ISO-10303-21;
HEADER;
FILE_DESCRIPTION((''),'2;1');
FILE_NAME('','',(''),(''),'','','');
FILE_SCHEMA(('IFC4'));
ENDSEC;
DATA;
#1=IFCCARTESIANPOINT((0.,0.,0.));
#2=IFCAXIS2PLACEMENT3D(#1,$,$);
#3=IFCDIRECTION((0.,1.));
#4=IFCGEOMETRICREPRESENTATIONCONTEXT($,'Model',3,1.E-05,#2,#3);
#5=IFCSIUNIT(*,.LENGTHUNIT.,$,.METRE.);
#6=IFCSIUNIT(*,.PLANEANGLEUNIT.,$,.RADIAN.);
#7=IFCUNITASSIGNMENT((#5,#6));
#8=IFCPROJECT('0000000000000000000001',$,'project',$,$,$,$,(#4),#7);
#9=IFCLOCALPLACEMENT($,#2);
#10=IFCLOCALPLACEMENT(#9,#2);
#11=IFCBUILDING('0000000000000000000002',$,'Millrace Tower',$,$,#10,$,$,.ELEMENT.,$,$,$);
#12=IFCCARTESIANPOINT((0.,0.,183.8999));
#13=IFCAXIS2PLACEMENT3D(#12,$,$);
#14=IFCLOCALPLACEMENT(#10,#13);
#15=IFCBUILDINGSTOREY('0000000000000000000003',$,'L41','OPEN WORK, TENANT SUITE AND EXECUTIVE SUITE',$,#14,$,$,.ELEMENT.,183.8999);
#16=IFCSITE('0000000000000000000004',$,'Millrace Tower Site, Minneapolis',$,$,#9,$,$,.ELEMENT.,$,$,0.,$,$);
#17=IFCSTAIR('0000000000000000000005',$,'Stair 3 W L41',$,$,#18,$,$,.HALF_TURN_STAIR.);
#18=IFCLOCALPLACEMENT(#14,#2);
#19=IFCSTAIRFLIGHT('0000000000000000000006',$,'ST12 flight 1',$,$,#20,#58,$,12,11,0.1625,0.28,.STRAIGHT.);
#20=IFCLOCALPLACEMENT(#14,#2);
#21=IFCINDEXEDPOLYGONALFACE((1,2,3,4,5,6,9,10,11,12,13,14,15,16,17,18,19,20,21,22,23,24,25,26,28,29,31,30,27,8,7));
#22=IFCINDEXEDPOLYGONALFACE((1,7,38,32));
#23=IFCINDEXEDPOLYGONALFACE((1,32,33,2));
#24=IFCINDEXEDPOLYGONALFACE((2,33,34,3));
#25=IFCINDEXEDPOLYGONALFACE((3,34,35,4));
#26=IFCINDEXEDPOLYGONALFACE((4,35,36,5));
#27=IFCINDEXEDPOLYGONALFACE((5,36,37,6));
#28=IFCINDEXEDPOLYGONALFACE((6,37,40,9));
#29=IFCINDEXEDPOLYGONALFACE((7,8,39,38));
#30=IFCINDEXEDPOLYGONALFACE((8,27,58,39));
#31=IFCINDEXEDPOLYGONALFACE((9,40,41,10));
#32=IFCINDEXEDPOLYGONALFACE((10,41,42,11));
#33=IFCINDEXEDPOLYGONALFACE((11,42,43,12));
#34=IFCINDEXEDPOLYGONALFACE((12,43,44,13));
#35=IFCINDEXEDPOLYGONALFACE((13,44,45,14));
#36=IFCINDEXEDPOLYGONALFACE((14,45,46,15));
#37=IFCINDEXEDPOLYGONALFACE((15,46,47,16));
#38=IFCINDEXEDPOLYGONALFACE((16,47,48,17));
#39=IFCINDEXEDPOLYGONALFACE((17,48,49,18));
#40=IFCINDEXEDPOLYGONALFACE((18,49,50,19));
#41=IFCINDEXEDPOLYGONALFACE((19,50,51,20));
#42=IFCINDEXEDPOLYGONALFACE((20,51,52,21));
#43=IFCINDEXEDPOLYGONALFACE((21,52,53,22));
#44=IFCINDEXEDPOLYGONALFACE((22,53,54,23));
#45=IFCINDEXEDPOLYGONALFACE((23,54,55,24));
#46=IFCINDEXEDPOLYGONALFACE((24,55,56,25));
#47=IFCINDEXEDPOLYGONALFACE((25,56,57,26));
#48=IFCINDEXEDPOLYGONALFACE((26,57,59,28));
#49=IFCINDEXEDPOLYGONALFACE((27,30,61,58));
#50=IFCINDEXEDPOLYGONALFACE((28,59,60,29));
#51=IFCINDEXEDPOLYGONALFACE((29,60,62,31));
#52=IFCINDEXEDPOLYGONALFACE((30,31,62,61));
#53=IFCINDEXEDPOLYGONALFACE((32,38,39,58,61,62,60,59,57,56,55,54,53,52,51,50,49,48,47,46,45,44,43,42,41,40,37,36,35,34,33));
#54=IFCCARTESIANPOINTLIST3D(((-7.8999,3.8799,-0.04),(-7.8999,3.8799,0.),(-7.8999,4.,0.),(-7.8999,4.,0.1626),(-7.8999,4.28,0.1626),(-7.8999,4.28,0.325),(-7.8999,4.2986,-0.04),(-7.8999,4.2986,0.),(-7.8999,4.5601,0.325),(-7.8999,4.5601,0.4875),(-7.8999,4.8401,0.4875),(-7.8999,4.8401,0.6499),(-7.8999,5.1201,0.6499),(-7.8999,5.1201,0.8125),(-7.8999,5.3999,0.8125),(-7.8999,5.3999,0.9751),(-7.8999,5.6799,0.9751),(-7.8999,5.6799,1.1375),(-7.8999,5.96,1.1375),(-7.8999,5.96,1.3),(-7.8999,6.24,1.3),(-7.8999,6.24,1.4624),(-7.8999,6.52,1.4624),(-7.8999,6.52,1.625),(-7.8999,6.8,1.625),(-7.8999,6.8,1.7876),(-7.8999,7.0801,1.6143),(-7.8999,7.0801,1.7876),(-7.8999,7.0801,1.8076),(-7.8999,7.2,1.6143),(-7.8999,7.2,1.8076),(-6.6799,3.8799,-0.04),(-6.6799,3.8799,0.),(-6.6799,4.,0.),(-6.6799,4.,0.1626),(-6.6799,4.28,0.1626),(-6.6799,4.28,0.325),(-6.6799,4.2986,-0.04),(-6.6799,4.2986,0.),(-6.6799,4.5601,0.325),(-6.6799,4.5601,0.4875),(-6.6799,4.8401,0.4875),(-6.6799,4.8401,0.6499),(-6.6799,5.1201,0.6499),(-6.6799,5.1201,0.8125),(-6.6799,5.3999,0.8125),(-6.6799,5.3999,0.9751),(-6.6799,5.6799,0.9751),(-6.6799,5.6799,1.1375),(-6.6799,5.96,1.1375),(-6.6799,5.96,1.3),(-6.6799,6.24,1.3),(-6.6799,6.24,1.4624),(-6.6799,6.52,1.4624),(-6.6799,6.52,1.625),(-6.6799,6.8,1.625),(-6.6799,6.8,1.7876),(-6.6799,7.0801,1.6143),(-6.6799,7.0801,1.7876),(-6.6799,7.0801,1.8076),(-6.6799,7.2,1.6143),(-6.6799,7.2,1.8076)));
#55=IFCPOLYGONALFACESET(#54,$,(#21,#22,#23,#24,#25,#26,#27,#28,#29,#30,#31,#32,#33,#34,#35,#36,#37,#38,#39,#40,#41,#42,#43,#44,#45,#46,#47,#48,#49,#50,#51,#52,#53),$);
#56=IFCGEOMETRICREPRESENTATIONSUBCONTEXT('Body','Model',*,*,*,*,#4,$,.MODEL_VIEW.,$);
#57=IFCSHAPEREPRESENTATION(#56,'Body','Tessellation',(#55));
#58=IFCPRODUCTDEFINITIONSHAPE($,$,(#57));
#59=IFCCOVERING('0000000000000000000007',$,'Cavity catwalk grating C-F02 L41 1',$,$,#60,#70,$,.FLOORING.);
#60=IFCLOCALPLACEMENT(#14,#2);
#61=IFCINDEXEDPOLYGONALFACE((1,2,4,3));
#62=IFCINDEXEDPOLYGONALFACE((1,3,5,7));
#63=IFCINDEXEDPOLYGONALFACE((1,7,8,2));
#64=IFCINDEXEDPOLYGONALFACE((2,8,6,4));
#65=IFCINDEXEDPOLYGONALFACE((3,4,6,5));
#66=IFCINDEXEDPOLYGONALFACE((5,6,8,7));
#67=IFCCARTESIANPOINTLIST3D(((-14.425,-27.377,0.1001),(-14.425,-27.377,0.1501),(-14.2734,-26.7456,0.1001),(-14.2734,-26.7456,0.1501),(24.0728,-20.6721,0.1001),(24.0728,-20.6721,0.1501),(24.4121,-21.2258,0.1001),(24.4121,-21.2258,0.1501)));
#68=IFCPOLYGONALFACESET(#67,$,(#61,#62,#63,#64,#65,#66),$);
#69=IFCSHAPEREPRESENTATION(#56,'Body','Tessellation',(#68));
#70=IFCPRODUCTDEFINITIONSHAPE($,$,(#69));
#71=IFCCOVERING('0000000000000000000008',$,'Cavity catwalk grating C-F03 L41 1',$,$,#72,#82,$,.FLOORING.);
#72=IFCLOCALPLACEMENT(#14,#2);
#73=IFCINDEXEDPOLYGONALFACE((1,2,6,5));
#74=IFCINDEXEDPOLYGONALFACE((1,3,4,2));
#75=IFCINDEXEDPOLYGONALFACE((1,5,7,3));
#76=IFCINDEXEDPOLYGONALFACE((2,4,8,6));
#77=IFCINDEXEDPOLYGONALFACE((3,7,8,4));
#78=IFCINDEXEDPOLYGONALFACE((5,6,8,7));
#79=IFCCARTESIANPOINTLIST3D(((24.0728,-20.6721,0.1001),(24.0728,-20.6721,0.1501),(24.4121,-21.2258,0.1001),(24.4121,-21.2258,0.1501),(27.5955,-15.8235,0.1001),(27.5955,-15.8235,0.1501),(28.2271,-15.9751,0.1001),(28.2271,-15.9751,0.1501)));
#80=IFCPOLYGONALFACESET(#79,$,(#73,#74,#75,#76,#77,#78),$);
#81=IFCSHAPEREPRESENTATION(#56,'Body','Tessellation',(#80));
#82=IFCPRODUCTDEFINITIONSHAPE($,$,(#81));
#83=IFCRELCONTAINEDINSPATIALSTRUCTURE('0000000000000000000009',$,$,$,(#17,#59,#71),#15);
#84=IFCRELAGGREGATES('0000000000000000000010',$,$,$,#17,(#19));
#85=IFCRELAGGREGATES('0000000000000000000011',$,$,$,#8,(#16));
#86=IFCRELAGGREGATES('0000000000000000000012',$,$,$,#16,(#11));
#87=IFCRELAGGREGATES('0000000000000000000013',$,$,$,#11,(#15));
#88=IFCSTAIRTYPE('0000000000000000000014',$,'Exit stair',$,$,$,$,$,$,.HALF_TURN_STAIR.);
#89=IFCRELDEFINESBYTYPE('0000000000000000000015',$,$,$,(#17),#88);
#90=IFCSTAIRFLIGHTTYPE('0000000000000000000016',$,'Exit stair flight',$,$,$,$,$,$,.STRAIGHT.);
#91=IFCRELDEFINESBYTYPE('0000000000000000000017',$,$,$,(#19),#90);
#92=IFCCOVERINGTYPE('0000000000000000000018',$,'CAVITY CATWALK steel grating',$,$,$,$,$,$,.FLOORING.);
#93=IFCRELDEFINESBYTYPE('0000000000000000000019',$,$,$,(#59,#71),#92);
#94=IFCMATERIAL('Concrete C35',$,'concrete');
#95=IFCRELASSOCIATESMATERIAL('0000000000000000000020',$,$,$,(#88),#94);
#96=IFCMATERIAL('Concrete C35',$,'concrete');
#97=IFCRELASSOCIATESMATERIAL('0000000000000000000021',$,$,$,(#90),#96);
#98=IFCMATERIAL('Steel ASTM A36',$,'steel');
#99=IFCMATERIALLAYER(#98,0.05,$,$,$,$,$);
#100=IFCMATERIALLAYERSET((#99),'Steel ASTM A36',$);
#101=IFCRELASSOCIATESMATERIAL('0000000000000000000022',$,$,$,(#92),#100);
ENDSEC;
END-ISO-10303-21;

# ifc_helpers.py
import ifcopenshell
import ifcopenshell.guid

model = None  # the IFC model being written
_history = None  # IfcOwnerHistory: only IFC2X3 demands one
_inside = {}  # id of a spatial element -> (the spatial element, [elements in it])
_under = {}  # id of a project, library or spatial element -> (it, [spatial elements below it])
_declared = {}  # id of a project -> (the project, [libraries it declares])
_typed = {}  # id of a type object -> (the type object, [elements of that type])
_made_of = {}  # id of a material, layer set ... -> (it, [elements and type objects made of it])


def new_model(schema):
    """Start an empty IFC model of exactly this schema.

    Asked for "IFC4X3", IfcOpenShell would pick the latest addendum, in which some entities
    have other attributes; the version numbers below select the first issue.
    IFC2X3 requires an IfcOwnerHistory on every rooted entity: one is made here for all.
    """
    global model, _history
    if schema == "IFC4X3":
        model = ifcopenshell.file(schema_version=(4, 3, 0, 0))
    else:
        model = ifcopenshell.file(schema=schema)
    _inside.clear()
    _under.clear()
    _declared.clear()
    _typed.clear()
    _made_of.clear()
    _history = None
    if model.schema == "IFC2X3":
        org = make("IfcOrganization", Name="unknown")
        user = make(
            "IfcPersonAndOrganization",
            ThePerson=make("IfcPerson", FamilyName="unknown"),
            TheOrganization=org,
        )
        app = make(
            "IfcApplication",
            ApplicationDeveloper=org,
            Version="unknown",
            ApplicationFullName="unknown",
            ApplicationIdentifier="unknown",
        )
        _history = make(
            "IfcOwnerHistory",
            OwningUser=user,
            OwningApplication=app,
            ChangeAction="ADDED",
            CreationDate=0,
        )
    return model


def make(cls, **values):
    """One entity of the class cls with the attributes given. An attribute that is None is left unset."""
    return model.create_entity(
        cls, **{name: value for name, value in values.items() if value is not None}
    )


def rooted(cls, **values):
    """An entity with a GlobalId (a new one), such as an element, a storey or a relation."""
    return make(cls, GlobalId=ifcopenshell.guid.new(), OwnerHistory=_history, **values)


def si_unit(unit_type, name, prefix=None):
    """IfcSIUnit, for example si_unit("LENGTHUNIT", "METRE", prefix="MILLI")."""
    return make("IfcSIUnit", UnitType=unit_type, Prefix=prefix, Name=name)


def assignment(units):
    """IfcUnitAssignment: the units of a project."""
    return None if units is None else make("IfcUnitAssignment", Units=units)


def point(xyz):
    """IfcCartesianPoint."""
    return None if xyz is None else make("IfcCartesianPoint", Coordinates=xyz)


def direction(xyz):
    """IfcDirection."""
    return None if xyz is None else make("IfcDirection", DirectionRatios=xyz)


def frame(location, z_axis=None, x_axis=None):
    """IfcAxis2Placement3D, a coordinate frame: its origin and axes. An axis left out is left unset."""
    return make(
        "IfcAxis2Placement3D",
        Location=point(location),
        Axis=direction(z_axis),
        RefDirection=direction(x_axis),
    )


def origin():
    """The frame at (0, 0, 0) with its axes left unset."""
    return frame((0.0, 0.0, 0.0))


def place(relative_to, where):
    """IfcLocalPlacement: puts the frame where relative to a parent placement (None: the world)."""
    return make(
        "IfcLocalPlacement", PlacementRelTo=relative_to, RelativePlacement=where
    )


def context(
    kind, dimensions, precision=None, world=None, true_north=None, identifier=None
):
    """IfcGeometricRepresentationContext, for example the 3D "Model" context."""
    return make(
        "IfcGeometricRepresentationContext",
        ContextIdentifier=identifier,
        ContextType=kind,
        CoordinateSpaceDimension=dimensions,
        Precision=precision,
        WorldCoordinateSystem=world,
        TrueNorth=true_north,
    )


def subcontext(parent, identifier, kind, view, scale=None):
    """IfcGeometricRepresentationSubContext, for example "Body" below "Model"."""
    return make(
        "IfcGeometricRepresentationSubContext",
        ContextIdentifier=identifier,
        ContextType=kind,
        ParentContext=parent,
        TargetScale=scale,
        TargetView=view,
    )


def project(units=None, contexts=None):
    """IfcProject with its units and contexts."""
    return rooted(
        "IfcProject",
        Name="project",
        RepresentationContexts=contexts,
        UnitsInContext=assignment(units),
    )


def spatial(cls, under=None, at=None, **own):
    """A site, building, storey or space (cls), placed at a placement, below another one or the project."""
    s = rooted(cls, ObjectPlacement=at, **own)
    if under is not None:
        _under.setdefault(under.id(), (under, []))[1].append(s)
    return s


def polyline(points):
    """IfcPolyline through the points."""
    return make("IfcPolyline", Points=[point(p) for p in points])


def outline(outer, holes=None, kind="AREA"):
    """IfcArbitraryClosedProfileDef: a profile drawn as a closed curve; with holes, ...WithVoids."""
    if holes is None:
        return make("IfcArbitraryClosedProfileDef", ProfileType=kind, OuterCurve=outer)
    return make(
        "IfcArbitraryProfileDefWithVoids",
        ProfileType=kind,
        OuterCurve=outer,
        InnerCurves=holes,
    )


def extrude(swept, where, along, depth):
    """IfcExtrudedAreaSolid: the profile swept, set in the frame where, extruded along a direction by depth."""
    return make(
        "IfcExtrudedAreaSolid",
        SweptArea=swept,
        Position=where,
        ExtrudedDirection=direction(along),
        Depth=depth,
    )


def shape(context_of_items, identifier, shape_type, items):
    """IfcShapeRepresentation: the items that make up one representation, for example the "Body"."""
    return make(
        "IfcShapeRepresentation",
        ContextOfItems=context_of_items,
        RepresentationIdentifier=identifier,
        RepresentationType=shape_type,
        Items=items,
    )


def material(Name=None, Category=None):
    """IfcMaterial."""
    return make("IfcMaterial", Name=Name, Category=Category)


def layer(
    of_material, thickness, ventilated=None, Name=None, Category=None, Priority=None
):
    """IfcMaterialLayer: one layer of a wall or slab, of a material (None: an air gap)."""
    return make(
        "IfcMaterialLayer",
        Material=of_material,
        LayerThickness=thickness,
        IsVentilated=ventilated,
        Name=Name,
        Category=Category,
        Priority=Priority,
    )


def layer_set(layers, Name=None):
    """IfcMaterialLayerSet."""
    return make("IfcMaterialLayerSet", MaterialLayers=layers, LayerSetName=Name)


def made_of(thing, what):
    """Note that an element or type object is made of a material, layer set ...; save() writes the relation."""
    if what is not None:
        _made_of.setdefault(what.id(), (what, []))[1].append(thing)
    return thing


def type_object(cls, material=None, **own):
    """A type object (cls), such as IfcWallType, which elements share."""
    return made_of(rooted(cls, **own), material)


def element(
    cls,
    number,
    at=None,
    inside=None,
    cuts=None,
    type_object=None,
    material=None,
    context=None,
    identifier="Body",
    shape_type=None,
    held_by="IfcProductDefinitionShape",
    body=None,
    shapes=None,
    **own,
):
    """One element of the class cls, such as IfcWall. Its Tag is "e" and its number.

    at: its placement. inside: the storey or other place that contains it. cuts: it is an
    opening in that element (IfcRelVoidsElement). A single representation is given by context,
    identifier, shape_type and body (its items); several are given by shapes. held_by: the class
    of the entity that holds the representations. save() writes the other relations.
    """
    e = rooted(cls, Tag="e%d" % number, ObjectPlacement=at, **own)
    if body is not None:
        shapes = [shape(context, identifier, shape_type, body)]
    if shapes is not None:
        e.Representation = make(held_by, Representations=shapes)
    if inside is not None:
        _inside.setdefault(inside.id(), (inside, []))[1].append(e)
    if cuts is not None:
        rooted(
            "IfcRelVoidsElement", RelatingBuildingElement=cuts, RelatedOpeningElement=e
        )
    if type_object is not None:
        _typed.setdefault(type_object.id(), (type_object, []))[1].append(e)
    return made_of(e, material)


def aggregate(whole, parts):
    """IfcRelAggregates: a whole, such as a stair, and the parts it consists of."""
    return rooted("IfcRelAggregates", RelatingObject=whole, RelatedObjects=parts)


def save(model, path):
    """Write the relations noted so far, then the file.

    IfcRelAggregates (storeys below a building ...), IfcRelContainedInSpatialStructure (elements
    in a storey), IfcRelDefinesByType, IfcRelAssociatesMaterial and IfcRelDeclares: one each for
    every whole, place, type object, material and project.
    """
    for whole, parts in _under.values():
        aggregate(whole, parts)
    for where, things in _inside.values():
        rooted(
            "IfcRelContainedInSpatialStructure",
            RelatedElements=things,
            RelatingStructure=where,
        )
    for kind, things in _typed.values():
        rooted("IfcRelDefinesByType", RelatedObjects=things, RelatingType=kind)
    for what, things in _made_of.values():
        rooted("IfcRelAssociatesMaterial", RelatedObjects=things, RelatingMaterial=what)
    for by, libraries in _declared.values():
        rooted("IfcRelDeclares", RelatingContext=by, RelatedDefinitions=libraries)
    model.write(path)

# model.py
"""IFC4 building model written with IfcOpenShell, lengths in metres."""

from ifc_helpers import new_model, si_unit, direction, frame, origin, place, context, subcontext, project, spatial, polyline, outline, extrude, material, layer, layer_set, type_object, element, aggregate, save


model = new_model("IFC4")

# Units and contexts
model_context = context("Model", 3, precision=1e-05, world=origin(), true_north=direction((0.0, 1.0)))
body_context = subcontext(model_context, "Body", "Model", "MODEL_VIEW")
ifc_project = project(units=[si_unit("LENGTHUNIT", "METRE"), si_unit("PLANEANGLEUNIT", "RADIAN")], contexts=[model_context])

# Site, building, storey
site_placement = place(None, origin())
site = spatial("IfcSite", under=ifc_project, at=site_placement, Name="Millrace Tower Site, Minneapolis", CompositionType="ELEMENT", RefElevation=0.0)
building_placement = place(site_placement, origin())
building = spatial("IfcBuilding", under=site, at=building_placement, Name="Millrace Tower", CompositionType="ELEMENT")
storey_placement = place(building_placement, frame((0.0, 0.0, 183.8999)))
storey = spatial("IfcBuildingStorey", under=building, at=storey_placement, Name="L41", Description="OPEN WORK, TENANT SUITE AND EXECUTIVE SUITE", CompositionType="ELEMENT", Elevation=183.8999)

# Shared definitions
placement_1 = place(storey_placement, origin())

# Stair, stair flight
ifc_material_1 = material(Name="Concrete C35", Category="concrete")
stair_type = type_object("IfcStairType", Name="Exit stair", PredefinedType="HALF_TURN_STAIR", material=ifc_material_1)
ifc_material_2 = material(Name="Concrete C35", Category="concrete")
stair_flight_type = type_object("IfcStairFlightType", Name="Exit stair flight", PredefinedType="STRAIGHT", material=ifc_material_2)
stair_1 = element("IfcStair", 1, at=placement_1, inside=storey, type_object=stair_type, Name="Stair 3 W L41", PredefinedType="HALF_TURN_STAIR")
stair_flight_1_placement = place(storey_placement, frame((-7.29, 4.0, 0.0), z_axis=(0.0, 0.0, 1.0), x_axis=(0.0, 1.0, 0.0)))
stair_flight_1 = element("IfcStairFlight", 2, at=stair_flight_1_placement, type_object=stair_flight_type, Name="ST12 flight 1", NumberOfRisers=12, NumberOfTreads=11, PredefinedType="STRAIGHT", RiserHeight=0.1625, TreadLength=0.28, context=body_context, shape_type="SweptSolid", body=[
    extrude(outline(polyline([(-0.1201, -0.04), (-0.1201, 0.0), (0.0, 0.0), (0.0, 0.1626), (0.28, 0.1626), (0.28, 0.325), (0.5601, 0.325), (0.5601, 0.4875), (0.8401, 0.4875), (0.8401, 0.6499), (1.1201, 0.6499), (1.1201, 0.8125), (1.3999, 0.8125), (1.3999, 0.9751), (1.6799, 0.9751), (1.6799, 1.1375), (1.96, 1.1375), (1.96, 1.3), (2.24, 1.3), (2.24, 1.4624), (2.52, 1.4624), (2.52, 1.625), (2.8, 1.625), (2.8, 1.7876), (3.0801, 1.7876), (3.0801, 1.8076), (3.2, 1.8076), (3.2, 1.6143), (3.0801, 1.6143), (0.2986, 0.0), (0.2986, -0.04), (-0.1201, -0.04)])), frame((0.0, 0.6099, 0.0), z_axis=(0.0, -1.0, 0.0), x_axis=(1.0, 0.0, 0.0)), (0.0, 0.0, 1.0), 1.22),
])
aggregate(stair_1, [stair_flight_1])

# Coverings
ifc_material_3 = material(Name="Steel ASTM A36", Category="steel")
ifc_layer_1 = layer(ifc_material_3, 0.05)
ifc_layer_set_1 = layer_set([ifc_layer_1], Name="Steel ASTM A36")
covering_type = type_object("IfcCoveringType", Name="CAVITY CATWALK steel grating", PredefinedType="FLOORING", material=ifc_layer_set_1)
placement_2 = place(storey_placement, frame((0.0, 0.0, 0.1001)))
element("IfcCovering", 3, at=placement_2, inside=storey, type_object=covering_type, Name="Cavity catwalk grating C-F02 L41 1", PredefinedType="FLOORING", context=body_context, shape_type="SweptSolid", body=[
    extrude(outline(polyline([(-14.425, -27.377), (24.4121, -21.2258), (24.0728, -20.6721), (-14.2734, -26.7456), (-14.425, -27.377)])), origin(), (0.0, 0.0, 1.0), 0.05),
])
element("IfcCovering", 4, at=placement_2, inside=storey, type_object=covering_type, Name="Cavity catwalk grating C-F03 L41 1", PredefinedType="FLOORING", context=body_context, shape_type="SweptSolid", body=[
    extrude(outline(polyline([(24.4121, -21.2258), (28.2271, -15.9751), (27.5955, -15.8235), (24.0728, -20.6721), (24.4121, -21.2258)])), origin(), (0.0, 0.0, 1.0), 0.05),
])

save(model, "model.ifc")
